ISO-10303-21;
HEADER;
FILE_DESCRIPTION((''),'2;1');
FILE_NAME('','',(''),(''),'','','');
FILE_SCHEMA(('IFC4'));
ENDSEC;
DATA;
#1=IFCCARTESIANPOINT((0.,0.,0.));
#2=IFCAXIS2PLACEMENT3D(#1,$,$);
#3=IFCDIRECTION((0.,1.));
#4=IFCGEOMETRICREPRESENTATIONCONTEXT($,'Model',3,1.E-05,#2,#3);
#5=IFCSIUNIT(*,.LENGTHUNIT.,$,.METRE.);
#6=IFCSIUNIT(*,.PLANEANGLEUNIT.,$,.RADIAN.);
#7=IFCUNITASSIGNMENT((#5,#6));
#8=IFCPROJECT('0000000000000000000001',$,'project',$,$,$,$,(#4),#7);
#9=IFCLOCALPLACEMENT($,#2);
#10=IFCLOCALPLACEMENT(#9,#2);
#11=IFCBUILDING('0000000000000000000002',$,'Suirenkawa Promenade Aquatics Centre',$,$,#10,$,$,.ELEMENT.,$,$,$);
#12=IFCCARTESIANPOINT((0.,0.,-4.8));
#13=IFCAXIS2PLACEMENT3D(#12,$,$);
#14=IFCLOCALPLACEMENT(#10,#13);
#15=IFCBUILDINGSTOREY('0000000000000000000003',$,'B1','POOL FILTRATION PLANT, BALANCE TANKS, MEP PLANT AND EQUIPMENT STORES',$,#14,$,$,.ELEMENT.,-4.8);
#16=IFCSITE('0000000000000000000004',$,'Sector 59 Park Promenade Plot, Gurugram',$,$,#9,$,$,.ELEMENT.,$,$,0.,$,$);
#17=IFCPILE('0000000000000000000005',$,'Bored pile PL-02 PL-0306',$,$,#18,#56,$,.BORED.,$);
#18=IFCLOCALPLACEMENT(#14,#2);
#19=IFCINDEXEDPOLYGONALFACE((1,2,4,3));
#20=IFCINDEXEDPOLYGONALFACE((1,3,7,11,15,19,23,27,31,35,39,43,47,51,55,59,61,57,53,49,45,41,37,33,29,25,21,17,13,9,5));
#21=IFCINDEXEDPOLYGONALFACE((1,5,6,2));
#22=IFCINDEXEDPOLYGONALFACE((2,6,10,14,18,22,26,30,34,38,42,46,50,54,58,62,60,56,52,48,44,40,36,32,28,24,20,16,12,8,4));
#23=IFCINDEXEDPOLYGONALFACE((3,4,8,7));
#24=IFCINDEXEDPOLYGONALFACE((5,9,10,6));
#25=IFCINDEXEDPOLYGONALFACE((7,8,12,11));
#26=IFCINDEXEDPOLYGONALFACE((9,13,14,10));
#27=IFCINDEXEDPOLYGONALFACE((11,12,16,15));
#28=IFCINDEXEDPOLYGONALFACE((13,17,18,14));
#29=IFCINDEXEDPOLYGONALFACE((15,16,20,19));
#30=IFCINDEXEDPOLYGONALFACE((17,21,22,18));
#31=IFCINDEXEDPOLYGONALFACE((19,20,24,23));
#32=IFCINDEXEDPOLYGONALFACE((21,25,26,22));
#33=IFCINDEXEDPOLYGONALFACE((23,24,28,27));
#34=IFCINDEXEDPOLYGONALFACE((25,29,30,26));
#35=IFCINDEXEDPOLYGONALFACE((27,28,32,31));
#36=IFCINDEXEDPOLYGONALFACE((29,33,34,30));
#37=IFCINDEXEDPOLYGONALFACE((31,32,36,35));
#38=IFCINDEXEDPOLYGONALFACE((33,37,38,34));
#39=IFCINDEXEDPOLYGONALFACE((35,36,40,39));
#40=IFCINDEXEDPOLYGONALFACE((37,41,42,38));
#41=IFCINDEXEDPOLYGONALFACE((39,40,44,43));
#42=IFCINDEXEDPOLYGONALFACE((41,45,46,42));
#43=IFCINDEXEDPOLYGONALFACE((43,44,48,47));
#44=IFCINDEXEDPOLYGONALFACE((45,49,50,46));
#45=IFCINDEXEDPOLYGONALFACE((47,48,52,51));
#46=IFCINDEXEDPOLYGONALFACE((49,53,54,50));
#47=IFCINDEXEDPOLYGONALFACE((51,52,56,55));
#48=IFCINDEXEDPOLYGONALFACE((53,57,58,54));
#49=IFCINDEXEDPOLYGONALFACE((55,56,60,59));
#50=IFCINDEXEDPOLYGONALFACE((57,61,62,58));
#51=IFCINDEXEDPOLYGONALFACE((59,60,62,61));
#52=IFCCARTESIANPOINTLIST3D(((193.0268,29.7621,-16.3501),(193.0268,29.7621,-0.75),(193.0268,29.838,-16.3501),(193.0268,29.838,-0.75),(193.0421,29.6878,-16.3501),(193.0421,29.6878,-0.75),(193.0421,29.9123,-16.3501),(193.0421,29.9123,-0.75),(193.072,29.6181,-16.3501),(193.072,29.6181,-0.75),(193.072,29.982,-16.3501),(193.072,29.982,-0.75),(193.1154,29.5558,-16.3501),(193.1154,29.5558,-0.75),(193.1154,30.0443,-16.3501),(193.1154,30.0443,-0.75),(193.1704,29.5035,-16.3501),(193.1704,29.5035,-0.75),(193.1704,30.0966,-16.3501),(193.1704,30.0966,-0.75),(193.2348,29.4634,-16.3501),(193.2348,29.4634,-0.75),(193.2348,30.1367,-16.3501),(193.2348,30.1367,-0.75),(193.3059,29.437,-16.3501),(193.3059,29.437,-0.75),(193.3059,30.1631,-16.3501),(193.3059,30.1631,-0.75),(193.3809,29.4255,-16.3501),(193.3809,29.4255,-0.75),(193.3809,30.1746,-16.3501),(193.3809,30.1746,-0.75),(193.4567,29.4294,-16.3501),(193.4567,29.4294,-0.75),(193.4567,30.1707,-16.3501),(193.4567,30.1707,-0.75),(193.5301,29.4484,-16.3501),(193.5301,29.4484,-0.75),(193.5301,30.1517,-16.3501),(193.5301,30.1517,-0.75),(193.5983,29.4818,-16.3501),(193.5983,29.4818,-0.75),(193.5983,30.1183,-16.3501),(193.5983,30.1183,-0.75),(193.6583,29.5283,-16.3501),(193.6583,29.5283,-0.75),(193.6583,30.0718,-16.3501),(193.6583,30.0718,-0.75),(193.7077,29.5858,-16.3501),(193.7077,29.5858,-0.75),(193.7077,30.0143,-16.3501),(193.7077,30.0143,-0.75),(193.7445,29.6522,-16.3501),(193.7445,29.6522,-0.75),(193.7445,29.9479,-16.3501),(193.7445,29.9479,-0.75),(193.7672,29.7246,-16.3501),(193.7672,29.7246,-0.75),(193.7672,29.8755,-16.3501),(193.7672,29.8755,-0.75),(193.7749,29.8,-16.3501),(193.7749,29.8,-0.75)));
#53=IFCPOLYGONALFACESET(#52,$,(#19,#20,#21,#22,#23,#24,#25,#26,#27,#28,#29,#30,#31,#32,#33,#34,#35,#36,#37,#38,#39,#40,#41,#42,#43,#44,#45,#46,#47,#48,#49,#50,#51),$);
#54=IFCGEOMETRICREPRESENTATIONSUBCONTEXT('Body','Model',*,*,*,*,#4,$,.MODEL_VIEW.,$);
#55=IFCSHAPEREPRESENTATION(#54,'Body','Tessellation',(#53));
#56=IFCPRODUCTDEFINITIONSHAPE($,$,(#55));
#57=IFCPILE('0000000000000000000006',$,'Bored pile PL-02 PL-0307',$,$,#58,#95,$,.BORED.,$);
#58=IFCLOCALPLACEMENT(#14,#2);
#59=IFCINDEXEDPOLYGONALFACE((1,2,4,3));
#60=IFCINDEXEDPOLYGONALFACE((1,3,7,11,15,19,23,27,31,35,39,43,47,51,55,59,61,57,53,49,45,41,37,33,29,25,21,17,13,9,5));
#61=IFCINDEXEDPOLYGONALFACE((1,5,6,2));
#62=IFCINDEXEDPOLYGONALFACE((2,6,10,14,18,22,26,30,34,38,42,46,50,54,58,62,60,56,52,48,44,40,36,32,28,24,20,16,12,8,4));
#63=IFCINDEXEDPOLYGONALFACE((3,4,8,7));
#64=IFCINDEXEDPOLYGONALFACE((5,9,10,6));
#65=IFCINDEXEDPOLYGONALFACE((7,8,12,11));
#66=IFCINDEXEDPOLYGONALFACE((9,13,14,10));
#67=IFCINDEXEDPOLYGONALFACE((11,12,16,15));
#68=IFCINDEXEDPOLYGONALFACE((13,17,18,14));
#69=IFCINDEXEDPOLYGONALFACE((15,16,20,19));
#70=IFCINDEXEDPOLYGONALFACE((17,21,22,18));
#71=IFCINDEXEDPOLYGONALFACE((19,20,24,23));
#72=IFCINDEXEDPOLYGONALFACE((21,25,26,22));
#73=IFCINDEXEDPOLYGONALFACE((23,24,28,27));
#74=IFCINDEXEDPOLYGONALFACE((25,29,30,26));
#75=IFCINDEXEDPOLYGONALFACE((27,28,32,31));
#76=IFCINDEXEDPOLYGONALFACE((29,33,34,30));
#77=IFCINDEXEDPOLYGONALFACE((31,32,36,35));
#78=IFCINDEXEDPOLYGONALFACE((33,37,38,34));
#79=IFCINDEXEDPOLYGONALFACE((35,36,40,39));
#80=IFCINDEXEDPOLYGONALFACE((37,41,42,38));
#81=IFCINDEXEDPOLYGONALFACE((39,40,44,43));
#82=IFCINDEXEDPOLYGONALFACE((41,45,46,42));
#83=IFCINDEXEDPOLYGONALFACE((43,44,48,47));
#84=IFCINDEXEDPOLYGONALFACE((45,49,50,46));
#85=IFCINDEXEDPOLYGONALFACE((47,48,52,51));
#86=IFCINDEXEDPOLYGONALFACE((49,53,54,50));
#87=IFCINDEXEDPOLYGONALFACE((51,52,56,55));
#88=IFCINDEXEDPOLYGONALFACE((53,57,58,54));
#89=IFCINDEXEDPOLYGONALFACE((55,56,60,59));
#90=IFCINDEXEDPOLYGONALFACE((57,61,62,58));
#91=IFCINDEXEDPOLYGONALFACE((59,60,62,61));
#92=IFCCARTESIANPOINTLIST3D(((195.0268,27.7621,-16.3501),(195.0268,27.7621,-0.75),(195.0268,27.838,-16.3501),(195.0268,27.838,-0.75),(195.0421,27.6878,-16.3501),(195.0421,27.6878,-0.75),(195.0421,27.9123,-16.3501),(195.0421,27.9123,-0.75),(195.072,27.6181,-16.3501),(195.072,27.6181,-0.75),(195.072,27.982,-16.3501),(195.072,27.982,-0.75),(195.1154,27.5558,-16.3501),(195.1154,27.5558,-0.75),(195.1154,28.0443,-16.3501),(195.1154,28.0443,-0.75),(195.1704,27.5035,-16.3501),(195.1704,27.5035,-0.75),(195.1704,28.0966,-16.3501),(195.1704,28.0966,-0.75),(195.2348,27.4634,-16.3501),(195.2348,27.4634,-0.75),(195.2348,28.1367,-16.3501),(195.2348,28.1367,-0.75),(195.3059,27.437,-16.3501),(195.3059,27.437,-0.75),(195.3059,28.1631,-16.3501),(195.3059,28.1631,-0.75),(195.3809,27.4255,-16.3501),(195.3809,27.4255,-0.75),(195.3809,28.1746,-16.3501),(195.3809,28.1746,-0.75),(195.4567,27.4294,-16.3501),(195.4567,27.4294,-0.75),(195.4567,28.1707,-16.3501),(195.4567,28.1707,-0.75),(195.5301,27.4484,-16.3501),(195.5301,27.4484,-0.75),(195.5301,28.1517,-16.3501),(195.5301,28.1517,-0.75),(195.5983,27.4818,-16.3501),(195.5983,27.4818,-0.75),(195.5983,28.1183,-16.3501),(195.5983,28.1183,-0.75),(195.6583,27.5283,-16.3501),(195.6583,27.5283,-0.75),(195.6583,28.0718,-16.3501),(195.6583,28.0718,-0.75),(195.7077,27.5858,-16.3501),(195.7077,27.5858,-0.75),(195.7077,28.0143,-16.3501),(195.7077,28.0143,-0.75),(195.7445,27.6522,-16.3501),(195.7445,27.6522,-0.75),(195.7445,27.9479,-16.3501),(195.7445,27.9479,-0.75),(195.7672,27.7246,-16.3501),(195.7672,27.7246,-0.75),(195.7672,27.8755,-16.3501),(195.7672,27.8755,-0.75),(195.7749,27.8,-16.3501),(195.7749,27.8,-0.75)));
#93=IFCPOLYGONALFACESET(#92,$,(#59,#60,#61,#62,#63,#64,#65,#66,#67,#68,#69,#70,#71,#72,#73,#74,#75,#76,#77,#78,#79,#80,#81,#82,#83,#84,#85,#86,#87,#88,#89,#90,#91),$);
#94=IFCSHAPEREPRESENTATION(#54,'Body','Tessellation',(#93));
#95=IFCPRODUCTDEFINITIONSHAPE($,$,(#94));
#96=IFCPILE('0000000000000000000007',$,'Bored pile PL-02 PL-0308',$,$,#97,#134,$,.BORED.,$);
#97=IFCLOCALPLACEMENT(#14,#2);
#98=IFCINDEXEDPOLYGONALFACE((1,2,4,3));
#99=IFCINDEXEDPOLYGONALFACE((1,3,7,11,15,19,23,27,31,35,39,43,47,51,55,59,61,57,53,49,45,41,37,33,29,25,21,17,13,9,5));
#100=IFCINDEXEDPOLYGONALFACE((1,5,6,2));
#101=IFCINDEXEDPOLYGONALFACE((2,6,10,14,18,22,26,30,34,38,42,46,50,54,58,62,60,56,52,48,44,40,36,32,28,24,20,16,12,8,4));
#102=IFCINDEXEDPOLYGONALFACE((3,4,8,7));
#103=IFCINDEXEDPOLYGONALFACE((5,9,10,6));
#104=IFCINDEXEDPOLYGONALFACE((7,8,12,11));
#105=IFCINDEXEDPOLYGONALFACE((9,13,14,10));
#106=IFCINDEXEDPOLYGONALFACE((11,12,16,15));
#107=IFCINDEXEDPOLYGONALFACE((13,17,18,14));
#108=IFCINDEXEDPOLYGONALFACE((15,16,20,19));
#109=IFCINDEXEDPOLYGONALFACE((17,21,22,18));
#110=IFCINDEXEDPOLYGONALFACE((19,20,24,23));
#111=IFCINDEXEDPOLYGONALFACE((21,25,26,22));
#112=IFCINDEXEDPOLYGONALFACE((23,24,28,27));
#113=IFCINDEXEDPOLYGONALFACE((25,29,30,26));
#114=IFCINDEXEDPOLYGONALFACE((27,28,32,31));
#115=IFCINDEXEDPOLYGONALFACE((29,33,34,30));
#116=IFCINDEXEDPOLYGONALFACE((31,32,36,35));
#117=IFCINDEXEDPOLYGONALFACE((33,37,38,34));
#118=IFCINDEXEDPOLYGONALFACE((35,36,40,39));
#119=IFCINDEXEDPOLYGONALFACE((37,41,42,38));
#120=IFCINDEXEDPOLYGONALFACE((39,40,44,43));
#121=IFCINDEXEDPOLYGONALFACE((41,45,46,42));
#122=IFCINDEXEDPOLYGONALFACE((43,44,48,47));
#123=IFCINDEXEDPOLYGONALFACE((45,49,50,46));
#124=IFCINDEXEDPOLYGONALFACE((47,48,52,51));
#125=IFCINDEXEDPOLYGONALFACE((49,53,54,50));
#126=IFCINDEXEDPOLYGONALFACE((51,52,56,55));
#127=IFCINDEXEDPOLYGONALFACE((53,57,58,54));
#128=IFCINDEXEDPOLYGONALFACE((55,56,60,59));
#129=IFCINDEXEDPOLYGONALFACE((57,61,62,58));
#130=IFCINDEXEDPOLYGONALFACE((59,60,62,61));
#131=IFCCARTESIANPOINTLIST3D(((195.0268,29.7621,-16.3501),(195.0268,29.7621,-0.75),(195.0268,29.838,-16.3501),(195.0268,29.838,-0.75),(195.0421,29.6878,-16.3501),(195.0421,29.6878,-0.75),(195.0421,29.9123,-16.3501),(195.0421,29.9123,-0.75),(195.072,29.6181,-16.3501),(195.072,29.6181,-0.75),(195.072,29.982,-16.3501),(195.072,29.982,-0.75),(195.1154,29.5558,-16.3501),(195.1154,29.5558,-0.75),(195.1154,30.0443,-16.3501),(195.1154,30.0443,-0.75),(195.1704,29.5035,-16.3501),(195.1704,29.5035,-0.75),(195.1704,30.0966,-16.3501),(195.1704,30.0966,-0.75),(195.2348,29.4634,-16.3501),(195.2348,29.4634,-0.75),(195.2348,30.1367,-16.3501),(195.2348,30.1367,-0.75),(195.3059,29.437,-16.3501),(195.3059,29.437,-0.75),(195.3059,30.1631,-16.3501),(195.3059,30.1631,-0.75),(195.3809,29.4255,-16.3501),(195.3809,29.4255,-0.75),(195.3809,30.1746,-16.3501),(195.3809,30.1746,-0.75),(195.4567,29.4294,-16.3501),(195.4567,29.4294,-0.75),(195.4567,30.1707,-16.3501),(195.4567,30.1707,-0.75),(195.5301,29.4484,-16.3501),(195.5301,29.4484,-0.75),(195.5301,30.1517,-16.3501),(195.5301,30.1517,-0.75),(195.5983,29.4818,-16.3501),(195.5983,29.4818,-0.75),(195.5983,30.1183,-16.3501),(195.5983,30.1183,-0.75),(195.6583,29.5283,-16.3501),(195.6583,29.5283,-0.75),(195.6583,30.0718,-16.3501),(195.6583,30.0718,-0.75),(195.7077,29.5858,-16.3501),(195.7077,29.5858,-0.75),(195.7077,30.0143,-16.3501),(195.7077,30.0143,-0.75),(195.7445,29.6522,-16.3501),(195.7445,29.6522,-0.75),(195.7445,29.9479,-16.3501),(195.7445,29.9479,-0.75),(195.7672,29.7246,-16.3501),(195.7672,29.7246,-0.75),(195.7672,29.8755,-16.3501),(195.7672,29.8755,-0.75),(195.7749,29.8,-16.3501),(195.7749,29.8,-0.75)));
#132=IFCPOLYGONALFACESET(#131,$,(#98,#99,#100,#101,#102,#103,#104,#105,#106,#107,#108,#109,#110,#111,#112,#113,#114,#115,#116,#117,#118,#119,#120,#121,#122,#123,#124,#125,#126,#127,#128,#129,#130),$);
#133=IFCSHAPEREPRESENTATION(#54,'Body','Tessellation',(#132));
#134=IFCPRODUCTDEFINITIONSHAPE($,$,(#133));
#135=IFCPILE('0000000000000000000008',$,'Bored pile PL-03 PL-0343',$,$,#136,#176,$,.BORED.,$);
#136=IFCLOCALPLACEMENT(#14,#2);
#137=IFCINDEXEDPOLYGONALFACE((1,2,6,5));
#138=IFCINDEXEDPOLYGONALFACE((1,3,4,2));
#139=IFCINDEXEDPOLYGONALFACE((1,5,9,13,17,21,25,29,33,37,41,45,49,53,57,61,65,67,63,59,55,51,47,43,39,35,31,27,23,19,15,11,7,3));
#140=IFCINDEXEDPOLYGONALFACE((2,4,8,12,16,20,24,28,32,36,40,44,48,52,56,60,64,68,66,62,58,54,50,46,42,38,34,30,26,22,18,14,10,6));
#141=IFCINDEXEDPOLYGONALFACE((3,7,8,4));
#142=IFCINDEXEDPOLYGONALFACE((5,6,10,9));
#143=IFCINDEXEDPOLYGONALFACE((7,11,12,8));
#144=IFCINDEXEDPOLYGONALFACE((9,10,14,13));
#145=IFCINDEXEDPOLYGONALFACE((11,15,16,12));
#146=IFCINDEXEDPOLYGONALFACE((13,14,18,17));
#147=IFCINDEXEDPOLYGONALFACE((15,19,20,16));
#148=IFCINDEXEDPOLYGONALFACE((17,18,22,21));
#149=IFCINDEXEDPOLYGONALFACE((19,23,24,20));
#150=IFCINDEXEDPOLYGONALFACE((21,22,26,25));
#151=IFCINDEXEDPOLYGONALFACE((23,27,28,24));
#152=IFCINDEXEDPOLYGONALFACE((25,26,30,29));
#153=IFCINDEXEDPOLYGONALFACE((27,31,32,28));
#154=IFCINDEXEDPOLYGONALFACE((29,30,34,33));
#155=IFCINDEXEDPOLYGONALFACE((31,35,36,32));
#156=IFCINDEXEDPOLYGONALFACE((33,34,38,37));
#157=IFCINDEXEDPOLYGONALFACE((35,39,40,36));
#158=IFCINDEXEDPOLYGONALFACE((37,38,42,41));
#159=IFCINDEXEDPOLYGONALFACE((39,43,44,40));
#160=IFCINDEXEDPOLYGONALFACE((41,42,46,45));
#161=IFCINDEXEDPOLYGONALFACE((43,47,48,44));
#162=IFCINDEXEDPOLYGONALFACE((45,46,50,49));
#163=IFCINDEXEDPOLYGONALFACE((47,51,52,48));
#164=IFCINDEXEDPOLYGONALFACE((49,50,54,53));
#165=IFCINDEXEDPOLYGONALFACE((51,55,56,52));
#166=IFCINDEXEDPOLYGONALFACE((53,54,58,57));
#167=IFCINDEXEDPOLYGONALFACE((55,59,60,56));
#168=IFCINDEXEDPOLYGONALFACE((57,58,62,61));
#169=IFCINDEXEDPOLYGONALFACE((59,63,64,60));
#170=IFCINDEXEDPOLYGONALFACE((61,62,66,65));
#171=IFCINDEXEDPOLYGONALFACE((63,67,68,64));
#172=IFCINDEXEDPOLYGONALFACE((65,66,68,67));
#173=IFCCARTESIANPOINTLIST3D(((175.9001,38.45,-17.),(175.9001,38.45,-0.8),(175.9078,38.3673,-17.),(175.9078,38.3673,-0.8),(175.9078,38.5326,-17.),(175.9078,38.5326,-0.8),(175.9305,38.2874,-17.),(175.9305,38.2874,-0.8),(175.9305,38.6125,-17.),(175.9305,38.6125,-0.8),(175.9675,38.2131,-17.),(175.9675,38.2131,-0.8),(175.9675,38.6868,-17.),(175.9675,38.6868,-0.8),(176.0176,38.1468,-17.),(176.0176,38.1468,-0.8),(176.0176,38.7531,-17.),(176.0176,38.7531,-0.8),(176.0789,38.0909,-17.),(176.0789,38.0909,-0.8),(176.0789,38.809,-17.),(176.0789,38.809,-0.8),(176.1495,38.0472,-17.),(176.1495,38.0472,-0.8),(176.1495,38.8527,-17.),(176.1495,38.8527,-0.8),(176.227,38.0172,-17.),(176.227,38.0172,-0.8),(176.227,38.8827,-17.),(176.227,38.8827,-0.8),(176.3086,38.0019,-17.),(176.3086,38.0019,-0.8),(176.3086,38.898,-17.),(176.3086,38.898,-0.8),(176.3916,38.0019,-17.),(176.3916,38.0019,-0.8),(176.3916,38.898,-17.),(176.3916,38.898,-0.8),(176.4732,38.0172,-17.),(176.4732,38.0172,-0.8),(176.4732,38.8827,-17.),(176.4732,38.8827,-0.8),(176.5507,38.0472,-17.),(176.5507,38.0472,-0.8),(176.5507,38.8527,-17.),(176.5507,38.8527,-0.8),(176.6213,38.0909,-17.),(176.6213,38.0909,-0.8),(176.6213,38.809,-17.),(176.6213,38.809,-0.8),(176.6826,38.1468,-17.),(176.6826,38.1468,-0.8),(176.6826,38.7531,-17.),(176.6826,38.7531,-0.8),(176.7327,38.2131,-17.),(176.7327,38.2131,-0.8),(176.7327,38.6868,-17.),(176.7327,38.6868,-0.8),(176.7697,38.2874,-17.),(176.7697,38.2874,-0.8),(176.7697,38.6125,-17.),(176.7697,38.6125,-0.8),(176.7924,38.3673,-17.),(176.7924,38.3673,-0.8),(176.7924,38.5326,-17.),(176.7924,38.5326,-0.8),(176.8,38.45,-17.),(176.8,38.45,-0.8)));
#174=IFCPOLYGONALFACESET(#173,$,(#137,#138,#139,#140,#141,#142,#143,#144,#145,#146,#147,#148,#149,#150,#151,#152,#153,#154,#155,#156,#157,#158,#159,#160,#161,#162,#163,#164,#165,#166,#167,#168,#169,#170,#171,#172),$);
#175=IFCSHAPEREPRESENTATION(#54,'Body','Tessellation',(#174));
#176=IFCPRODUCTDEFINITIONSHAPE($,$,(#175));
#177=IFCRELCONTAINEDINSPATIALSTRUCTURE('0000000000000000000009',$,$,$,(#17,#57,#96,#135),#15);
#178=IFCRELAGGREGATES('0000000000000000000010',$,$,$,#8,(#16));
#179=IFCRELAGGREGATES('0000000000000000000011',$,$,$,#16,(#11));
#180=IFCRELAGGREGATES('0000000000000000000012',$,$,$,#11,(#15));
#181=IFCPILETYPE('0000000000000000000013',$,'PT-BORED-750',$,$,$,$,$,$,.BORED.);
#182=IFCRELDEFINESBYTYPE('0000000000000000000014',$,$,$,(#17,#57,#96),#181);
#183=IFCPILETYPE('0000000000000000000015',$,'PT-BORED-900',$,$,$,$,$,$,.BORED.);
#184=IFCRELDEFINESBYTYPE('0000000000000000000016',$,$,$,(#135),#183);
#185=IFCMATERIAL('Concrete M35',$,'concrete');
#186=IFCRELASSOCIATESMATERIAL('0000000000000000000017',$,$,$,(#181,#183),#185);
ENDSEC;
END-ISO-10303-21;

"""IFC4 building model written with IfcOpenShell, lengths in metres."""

from ifc_helpers import new_model, si_unit, direction, frame, origin, origin_2d, place, context, subcontext, project, spatial, circle, extrude, material, material_profile, profile_set, type_object, element, save


model = new_model("IFC4")

# Units and contexts
model_context = context("Model", 3, precision=1e-05, world=origin(), true_north=direction((0.0, 1.0)))
body_context = subcontext(model_context, "Body", "Model", "MODEL_VIEW")
ifc_project = project(units=[si_unit("LENGTHUNIT", "METRE"), si_unit("PLANEANGLEUNIT", "RADIAN")], contexts=[model_context])

# Site, building, storey
site_placement = place(None, origin())
site = spatial("IfcSite", under=ifc_project, at=site_placement, Name="Sector 59 Park Promenade Plot, Gurugram", CompositionType="ELEMENT", RefElevation=0.0)
building_placement = place(site_placement, origin())
building = spatial("IfcBuilding", under=site, at=building_placement, Name="Suirenkawa Promenade Aquatics Centre", CompositionType="ELEMENT")
storey_placement = place(building_placement, frame((0.0, 0.0, -4.8)))
storey = spatial("IfcBuildingStorey", under=building, at=storey_placement, Name="B1", Description="POOL FILTRATION PLANT, BALANCE TANKS, MEP PLANT AND EQUIPMENT STORES", CompositionType="ELEMENT", Elevation=-4.8)

# Shared definitions
ifc_material_1 = material(Name="Concrete M35", Category="concrete")

# Piles
ifc_material_profile_1 = material_profile(ifc_material_1, circle(Radius=0.375, at=origin_2d()), Name="PILE D750", Category="concrete")
ifc_profile_set_1 = profile_set([ifc_material_profile_1], Name="Concrete M35")
pile_type_1 = type_object("IfcPileType", Name="PT-BORED-750", PredefinedType="BORED", material=ifc_profile_set_1)
for number, where, z_axis, x_axis, name in (
    (1, (193.3999, 29.8, -0.75), (0.0, 0.0, -1.0), (1.0, 0.0, 0.0), "Bored pile PL-02 PL-0306"),
    (2, (195.3999, 27.8, -0.75), (0.0, 0.0, -1.0), (1.0, 0.0, 0.0), "Bored pile PL-02 PL-0307"),
    (3, (195.3999, 29.8, -0.75), (0.0, 0.0, -1.0), (1.0, 0.0, 0.0), "Bored pile PL-02 PL-0308"),
):
    element("IfcPile", number, at=place(storey_placement, frame(where, z_axis=z_axis, x_axis=x_axis)), inside=storey, type_object=pile_type_1, Name=name, PredefinedType="BORED", context=body_context, shape_type="SweptSolid", body=[
        extrude(circle(Radius=0.375, at=origin_2d()), origin(), (0.0, 0.0, 1.0), 15.6001),
    ])
ifc_material_profile_2 = material_profile(ifc_material_1, circle(Radius=0.45, at=origin_2d()), Name="PILE D900", Category="concrete")
ifc_profile_set_2 = profile_set([ifc_material_profile_2], Name="Concrete M35")
pile_type_2 = type_object("IfcPileType", Name="PT-BORED-900", PredefinedType="BORED", material=ifc_profile_set_2)
for number, where, z_axis, x_axis, name in (
    (4, (176.3501, 38.45, -0.8), (0.0, 0.0, -1.0), (1.0, 0.0, 0.0), "Bored pile PL-03 PL-0343"),
):
    element("IfcPile", number, at=place(storey_placement, frame(where, z_axis=z_axis, x_axis=x_axis)), inside=storey, type_object=pile_type_2, Name=name, PredefinedType="BORED", context=body_context, shape_type="SweptSolid", body=[
        extrude(circle(Radius=0.45, at=origin_2d()), origin(), (0.0, 0.0, 1.0), 16.2),
    ])

save(model, "model.ifc")
